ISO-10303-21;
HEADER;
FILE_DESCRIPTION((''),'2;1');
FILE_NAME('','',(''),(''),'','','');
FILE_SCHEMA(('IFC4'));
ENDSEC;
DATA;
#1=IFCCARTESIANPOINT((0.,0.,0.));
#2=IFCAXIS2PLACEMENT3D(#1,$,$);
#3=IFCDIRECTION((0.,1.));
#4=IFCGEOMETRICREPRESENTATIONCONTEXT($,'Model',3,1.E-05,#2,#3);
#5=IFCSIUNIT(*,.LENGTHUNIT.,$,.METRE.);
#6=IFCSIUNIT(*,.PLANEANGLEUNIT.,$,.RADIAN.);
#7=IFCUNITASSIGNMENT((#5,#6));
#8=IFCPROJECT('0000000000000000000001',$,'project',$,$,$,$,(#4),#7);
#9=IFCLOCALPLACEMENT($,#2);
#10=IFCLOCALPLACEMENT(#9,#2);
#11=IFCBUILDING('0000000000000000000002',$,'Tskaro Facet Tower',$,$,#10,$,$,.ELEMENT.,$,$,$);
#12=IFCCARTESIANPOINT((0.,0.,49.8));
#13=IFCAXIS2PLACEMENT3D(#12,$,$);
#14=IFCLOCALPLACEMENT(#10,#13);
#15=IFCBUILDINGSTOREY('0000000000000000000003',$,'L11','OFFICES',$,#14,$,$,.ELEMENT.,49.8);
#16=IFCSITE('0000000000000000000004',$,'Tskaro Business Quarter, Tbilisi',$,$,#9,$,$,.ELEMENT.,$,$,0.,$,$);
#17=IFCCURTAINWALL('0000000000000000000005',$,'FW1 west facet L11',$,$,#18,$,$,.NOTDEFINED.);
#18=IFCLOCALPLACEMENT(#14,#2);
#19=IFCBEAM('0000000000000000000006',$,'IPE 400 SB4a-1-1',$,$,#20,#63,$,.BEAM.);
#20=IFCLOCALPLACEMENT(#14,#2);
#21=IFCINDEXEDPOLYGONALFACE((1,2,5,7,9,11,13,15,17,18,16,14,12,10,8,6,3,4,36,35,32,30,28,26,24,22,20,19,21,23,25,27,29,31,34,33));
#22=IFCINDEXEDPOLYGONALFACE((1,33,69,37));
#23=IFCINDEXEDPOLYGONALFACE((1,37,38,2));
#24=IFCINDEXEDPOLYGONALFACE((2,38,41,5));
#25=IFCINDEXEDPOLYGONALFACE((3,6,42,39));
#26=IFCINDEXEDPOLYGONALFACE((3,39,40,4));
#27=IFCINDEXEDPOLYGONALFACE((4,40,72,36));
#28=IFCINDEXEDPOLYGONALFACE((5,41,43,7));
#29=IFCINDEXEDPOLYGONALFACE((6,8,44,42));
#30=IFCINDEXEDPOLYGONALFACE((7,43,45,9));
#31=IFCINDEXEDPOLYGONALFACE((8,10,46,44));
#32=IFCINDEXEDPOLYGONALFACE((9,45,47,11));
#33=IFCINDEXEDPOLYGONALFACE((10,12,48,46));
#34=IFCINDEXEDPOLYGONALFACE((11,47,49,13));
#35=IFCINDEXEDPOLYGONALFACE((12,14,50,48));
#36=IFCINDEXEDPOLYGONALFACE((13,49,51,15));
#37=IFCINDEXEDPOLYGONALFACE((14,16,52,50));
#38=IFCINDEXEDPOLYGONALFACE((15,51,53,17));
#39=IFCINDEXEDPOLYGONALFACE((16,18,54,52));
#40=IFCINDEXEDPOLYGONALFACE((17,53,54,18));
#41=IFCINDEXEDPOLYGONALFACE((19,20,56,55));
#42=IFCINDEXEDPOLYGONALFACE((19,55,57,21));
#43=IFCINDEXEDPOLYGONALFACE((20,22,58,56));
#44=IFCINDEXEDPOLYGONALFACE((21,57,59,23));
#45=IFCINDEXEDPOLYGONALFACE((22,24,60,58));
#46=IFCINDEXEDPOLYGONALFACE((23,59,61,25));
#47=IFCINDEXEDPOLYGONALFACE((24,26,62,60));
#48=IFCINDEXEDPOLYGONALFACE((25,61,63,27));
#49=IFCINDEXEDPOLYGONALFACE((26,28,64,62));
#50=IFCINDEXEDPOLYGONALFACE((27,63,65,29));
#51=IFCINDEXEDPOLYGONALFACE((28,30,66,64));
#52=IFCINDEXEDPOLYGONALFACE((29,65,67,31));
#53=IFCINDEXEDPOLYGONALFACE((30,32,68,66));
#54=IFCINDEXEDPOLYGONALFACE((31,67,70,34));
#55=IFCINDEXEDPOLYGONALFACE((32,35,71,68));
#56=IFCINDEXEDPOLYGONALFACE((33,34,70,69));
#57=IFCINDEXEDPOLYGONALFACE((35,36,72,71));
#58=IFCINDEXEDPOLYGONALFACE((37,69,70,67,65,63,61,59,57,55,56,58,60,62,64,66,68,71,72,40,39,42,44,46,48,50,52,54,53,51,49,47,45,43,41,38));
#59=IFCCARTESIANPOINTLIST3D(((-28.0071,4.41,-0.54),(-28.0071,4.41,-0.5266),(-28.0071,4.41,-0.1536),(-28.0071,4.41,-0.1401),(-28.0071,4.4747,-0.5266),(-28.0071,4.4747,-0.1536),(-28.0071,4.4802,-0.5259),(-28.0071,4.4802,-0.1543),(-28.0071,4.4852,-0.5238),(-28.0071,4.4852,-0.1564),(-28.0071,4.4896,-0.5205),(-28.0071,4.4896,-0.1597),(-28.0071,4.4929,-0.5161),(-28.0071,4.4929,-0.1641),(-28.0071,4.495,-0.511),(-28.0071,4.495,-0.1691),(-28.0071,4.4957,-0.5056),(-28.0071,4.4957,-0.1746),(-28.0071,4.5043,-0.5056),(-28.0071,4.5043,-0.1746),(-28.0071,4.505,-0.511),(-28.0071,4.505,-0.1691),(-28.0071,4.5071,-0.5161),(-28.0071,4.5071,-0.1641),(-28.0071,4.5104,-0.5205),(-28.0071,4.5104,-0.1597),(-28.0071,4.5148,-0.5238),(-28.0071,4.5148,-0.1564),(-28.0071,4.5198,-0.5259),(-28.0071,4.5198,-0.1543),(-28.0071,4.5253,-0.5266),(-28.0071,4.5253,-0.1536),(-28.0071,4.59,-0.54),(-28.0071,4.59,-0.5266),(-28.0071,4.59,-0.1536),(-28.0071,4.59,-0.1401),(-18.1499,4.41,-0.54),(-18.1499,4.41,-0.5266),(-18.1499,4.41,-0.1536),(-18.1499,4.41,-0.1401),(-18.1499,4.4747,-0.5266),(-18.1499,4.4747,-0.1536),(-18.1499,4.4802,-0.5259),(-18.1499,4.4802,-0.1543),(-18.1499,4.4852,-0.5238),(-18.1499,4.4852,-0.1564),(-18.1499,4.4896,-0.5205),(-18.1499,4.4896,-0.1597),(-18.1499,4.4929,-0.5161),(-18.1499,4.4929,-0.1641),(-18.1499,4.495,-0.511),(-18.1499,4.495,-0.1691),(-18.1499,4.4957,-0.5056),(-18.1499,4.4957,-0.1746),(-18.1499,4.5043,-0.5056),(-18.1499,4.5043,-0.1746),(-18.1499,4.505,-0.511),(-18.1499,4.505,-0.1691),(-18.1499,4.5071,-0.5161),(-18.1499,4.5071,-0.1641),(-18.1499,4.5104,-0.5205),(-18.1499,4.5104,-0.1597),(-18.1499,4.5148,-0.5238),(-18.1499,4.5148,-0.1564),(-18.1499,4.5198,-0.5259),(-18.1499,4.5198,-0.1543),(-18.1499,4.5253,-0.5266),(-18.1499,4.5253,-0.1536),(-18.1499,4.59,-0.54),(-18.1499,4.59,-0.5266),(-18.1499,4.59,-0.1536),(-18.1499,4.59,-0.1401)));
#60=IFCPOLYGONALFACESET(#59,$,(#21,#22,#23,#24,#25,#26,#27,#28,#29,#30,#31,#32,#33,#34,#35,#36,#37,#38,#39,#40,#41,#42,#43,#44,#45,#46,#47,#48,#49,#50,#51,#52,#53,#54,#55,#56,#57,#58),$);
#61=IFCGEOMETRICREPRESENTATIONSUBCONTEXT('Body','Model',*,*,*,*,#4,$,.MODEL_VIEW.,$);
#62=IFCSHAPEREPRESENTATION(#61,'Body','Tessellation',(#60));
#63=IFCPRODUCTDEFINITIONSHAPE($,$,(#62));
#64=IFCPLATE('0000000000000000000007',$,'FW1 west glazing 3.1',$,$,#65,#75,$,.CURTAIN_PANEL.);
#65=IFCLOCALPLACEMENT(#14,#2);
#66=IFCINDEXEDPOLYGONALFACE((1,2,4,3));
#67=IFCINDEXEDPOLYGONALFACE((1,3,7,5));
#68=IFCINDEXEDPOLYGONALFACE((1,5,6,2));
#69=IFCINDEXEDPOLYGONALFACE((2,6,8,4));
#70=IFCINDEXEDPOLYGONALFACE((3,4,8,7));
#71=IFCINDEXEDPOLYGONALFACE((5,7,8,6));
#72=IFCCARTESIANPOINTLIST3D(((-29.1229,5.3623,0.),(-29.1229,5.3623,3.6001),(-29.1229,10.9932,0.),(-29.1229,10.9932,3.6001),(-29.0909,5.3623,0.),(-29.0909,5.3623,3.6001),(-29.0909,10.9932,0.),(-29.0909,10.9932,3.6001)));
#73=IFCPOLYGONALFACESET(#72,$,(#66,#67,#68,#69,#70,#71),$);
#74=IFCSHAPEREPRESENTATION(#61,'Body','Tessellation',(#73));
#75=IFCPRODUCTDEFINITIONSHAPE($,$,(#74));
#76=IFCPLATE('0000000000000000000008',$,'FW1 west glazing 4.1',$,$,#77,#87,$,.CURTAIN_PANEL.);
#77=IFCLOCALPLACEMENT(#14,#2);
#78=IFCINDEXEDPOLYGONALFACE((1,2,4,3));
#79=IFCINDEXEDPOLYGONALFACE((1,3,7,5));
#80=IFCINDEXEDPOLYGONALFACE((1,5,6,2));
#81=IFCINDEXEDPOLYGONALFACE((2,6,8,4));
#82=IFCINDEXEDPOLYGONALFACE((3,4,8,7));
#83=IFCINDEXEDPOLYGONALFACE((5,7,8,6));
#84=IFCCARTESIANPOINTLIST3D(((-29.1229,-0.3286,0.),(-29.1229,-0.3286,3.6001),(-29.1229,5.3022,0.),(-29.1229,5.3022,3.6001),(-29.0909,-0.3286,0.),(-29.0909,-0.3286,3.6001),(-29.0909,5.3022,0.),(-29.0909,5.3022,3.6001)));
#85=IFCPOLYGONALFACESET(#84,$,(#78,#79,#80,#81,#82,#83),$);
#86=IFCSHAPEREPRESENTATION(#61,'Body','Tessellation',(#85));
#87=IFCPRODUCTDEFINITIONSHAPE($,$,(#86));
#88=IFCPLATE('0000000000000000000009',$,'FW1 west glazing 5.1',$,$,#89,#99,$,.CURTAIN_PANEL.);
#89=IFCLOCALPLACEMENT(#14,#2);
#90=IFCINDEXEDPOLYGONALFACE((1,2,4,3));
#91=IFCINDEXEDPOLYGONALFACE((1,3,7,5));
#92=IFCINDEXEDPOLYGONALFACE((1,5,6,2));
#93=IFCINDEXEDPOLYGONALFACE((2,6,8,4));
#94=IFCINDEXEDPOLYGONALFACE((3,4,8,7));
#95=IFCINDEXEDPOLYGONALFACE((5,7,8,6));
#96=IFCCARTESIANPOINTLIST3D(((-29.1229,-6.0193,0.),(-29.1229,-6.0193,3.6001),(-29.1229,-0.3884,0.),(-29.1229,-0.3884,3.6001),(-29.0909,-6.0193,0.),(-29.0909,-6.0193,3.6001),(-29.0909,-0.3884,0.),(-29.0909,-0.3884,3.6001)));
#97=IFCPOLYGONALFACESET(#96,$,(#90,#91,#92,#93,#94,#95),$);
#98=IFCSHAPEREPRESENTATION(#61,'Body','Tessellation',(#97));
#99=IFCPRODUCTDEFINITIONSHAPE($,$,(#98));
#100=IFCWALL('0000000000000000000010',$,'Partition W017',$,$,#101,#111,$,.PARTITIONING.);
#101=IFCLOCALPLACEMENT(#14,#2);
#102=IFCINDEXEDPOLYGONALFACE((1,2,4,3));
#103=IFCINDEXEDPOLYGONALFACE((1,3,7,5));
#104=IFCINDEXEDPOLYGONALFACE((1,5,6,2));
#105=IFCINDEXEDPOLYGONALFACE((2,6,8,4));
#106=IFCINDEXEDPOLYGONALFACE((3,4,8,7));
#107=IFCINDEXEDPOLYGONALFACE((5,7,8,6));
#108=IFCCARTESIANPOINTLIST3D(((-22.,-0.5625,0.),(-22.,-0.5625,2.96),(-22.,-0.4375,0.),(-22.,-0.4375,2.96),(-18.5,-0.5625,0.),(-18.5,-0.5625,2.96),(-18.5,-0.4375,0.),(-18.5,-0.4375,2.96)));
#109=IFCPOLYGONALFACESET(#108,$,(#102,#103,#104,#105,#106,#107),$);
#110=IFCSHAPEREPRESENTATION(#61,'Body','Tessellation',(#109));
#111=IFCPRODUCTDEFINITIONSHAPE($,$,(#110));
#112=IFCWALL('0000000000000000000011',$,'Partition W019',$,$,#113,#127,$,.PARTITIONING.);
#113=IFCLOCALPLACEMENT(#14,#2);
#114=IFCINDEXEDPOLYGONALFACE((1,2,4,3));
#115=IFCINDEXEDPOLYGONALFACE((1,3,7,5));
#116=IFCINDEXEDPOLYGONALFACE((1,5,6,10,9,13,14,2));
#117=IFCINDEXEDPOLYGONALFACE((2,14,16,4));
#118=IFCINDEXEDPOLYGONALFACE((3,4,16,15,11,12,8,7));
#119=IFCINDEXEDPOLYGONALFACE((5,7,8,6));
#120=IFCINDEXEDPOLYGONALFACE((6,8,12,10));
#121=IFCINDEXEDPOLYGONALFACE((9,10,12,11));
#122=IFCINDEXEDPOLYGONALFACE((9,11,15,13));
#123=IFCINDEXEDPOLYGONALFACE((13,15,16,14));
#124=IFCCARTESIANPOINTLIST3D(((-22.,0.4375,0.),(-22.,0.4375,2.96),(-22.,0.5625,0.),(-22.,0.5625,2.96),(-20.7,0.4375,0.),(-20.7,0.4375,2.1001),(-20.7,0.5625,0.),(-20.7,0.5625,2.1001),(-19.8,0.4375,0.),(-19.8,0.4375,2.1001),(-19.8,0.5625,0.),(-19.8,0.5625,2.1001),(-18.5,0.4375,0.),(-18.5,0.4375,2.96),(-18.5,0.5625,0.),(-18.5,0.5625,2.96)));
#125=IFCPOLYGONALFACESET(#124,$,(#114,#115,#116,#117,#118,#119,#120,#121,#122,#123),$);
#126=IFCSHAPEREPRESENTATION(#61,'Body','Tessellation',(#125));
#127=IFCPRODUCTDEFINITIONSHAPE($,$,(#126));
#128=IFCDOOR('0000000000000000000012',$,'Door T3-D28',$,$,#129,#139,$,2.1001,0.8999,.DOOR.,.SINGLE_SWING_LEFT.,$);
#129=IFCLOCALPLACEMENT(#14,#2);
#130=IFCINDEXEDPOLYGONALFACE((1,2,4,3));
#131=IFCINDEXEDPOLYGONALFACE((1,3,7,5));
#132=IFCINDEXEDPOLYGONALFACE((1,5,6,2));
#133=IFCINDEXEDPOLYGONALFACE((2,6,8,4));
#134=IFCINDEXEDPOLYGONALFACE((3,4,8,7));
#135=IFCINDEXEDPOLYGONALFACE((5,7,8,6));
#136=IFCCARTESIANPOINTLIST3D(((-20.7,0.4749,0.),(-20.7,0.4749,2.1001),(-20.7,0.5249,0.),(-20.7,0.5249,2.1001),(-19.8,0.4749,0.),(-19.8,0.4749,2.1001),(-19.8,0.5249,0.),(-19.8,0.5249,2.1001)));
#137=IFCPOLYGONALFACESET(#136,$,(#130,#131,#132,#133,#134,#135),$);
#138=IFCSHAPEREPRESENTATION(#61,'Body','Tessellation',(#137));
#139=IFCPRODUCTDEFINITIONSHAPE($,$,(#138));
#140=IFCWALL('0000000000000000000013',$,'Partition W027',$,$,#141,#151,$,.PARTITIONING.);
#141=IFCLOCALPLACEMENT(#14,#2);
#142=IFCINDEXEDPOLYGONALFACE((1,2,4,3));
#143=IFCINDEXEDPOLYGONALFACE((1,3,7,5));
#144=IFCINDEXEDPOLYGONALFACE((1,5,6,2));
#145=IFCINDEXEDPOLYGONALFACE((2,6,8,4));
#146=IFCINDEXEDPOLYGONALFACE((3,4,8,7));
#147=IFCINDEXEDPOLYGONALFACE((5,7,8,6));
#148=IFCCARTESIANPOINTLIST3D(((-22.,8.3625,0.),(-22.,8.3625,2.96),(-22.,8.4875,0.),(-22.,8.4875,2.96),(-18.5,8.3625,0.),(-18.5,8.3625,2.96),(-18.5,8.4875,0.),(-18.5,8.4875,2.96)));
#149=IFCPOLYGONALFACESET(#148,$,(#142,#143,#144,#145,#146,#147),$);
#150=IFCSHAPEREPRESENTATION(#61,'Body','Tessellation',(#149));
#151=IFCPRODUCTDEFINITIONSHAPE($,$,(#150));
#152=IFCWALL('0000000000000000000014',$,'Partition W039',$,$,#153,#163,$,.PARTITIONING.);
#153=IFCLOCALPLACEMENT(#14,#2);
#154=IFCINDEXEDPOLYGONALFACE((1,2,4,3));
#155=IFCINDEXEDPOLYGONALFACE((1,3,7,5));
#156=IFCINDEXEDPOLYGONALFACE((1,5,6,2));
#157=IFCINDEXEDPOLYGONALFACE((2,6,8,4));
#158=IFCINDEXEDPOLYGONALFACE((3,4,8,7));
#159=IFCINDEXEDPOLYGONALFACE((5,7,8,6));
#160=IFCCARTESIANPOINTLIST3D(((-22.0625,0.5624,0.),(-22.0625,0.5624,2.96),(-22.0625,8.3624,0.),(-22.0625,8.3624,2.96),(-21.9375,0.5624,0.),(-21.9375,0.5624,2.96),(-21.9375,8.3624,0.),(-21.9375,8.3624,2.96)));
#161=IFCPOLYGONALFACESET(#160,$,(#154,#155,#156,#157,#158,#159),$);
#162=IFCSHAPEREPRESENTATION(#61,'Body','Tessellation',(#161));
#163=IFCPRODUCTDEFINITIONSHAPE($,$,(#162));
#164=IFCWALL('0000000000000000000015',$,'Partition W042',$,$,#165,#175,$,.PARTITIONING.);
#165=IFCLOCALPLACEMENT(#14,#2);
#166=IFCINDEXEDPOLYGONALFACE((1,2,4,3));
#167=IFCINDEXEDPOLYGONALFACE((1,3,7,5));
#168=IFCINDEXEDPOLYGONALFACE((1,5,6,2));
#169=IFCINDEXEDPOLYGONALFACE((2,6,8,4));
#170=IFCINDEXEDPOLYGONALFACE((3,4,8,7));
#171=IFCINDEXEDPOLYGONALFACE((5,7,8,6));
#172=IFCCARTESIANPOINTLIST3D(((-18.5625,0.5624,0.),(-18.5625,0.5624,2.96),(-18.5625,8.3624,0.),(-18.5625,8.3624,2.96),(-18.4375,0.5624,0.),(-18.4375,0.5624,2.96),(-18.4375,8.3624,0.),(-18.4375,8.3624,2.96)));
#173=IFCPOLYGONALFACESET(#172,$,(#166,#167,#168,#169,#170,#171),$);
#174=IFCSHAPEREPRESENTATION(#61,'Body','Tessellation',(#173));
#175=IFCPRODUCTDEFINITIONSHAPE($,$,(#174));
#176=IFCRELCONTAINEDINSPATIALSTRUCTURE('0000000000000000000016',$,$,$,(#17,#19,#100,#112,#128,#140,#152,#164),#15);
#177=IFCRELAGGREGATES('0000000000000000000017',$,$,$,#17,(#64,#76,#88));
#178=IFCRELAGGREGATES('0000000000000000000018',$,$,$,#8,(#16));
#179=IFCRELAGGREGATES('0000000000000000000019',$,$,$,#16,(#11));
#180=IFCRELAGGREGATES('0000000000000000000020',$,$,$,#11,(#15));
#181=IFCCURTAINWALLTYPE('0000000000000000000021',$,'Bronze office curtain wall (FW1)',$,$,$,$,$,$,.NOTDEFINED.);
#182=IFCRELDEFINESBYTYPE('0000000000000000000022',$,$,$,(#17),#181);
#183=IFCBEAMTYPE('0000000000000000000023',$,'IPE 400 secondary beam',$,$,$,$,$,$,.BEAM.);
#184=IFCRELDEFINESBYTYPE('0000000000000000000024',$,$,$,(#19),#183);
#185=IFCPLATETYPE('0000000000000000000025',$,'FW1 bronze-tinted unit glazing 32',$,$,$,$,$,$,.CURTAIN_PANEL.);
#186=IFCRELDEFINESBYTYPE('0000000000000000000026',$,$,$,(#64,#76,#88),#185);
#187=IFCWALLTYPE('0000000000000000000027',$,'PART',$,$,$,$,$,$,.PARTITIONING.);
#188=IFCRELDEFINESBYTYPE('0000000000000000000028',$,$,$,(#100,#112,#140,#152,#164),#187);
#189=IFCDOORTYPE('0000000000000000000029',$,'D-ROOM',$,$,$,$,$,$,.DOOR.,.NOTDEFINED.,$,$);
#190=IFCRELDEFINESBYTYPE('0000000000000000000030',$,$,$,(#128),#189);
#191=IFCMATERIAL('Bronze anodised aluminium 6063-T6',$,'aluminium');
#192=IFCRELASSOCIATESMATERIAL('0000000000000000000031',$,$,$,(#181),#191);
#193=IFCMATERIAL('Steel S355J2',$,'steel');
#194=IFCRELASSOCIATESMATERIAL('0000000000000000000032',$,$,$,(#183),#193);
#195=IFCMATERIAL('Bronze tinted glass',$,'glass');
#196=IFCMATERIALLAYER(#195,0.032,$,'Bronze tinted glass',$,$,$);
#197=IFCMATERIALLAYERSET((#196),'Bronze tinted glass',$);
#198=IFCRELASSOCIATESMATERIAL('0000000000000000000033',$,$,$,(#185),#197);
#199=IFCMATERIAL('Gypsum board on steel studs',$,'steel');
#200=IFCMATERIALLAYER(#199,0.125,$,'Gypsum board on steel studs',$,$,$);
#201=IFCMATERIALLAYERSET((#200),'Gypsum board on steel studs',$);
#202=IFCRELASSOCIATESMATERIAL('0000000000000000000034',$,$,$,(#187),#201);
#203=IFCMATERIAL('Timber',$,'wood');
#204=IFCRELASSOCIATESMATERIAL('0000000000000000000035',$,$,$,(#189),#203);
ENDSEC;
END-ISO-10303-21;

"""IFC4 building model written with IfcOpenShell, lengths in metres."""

from ifc_helpers import new_model, si_unit, direction, frame, frame_2d, origin, origin_2d, place, context, subcontext, project, spatial, rectangle, i_section, extrude, material, layer, layer_set, material_profile, profile_set, type_object, element, fill, aggregate, save


model = new_model("IFC4")

# Units and contexts
model_context = context("Model", 3, precision=1e-05, world=origin(), true_north=direction((0.0, 1.0)))
body_context = subcontext(model_context, "Body", "Model", "MODEL_VIEW")
ifc_project = project(units=[si_unit("LENGTHUNIT", "METRE"), si_unit("PLANEANGLEUNIT", "RADIAN")], contexts=[model_context])

# Site, building, storey
site_placement = place(None, origin())
site = spatial("IfcSite", under=ifc_project, at=site_placement, Name="Tskaro Business Quarter, Tbilisi", CompositionType="ELEMENT", RefElevation=0.0)
building_placement = place(site_placement, origin())
building = spatial("IfcBuilding", under=site, at=building_placement, Name="Tskaro Facet Tower", CompositionType="ELEMENT")
storey_placement = place(building_placement, frame((0.0, 0.0, 49.8)))
storey = spatial("IfcBuildingStorey", under=building, at=storey_placement, Name="L11", Description="OFFICES", CompositionType="ELEMENT", Elevation=49.8)

# Curtain wall
ifc_material_1 = material(Name="Bronze anodised aluminium 6063-T6", Category="aluminium")
curtain_wall_type = type_object("IfcCurtainWallType", Name="Bronze office curtain wall (FW1)", PredefinedType="NOTDEFINED", material=ifc_material_1)
curtain_wall_placement = place(storey_placement, origin())
curtain_wall = element("IfcCurtainWall", 1, at=curtain_wall_placement, inside=storey, type_object=curtain_wall_type, Name="FW1 west facet L11", PredefinedType="NOTDEFINED")

# Beam
ifc_material_2 = material(Name="Steel S355J2", Category="steel")
ifc_material_profile_1 = material_profile(ifc_material_2, i_section(OverallWidth=0.1799, OverallDepth=0.3999, WebThickness=0.0085, FlangeThickness=0.0134, FilletRadius=0.021, at=origin_2d()), Name="IPE 400")
ifc_profile_set_1 = profile_set([ifc_material_profile_1], Name="Steel S355J2")
beam_type_1 = type_object("IfcBeamType", Name="IPE 400 secondary beam", PredefinedType="BEAM", material=ifc_profile_set_1)
for number, where, z_axis, x_axis, name in (
    (2, (-28.0071, 4.5, -0.3401), (1.0, 0.0, 0.0), (0.0, 1.0, 0.0), "IPE 400 SB4a-1-1"),
):
    element("IfcBeam", number, at=place(storey_placement, frame(where, z_axis=z_axis, x_axis=x_axis)), inside=storey, type_object=beam_type_1, Name=name, PredefinedType="BEAM", context=body_context, shape_type="SweptSolid", body=[
        extrude(i_section(OverallWidth=0.1799, OverallDepth=0.3999, WebThickness=0.0085, FlangeThickness=0.0134, FilletRadius=0.021, at=origin_2d()), origin(), (0.0, 0.0, 1.0), 9.8572),
    ])

# Plates
ifc_material_3 = material(Name="Bronze tinted glass", Category="glass")
ifc_layer_1 = layer(ifc_material_3, 0.032, Name="Bronze tinted glass")
ifc_layer_set_1 = layer_set([ifc_layer_1], Name="Bronze tinted glass")
plate_type = type_object("IfcPlateType", Name="FW1 bronze-tinted unit glazing 32", PredefinedType="CURTAIN_PANEL", material=ifc_layer_set_1)
plate_1_placement = place(storey_placement, frame((-29.1069, 8.1777, 0.0), z_axis=(0.0, 0.0, 1.0), x_axis=(0.0, -1.0, 0.0)))
plate_1 = element("IfcPlate", 3, at=plate_1_placement, type_object=plate_type, Name="FW1 west glazing 3.1", PredefinedType="CURTAIN_PANEL", context=body_context, shape_type="SweptSolid", body=[
    extrude(rectangle(XDim=5.6309, YDim=0.032, at=origin_2d()), origin(), (0.0, 0.0, 1.0), 3.6001),
])
plate_2_placement = place(storey_placement, frame((-29.1069, 2.4868, 0.0), z_axis=(0.0, 0.0, 1.0), x_axis=(0.0, -1.0, 0.0)))
plate_2 = element("IfcPlate", 4, at=plate_2_placement, type_object=plate_type, Name="FW1 west glazing 4.1", PredefinedType="CURTAIN_PANEL", context=body_context, shape_type="SweptSolid", body=[
    extrude(rectangle(XDim=5.6309, YDim=0.032, at=origin_2d()), origin(), (0.0, 0.0, 1.0), 3.6001),
])
plate_3_placement = place(storey_placement, frame((-29.1069, -3.2039, 0.0), z_axis=(0.0, 0.0, 1.0), x_axis=(0.0, -1.0, 0.0)))
plate_3 = element("IfcPlate", 5, at=plate_3_placement, type_object=plate_type, Name="FW1 west glazing 5.1", PredefinedType="CURTAIN_PANEL", context=body_context, shape_type="SweptSolid", body=[
    extrude(rectangle(XDim=5.6309, YDim=0.032, at=origin_2d()), origin(), (0.0, 0.0, 1.0), 3.6001),
])
aggregate(curtain_wall, [plate_1, plate_2, plate_3])

# Wall
ifc_material_4 = material(Name="Gypsum board on steel studs", Category="steel")
ifc_layer_2 = layer(ifc_material_4, 0.125, Name="Gypsum board on steel studs")
ifc_layer_set_2 = layer_set([ifc_layer_2], Name="Gypsum board on steel studs")
wall_type = type_object("IfcWallType", Name="PART", PredefinedType="PARTITIONING", material=ifc_layer_set_2)
wall_1_placement = place(storey_placement, frame((-22.0, -0.5, 0.0), z_axis=(0.0, 0.0, 1.0), x_axis=(1.0, 0.0, 0.0)))
element("IfcWall", 6, at=wall_1_placement, inside=storey, type_object=wall_type, Name="Partition W017", PredefinedType="PARTITIONING", context=body_context, shape_type="SweptSolid", body=[
    extrude(rectangle(XDim=3.5, YDim=0.125, at=frame_2d((1.75, 0.0))), origin(), (0.0, 0.0, 1.0), 2.96),
])

# Wall, opening, door
wall_2_placement = place(storey_placement, frame((-22.0, 0.5, 0.0), z_axis=(0.0, 0.0, 1.0), x_axis=(1.0, 0.0, 0.0)))
wall_2 = element("IfcWall", 7, at=wall_2_placement, inside=storey, type_object=wall_type, Name="Partition W019", PredefinedType="PARTITIONING", context=body_context, shape_type="SweptSolid", body=[
    extrude(rectangle(XDim=3.5, YDim=0.125, at=frame_2d((1.75, 0.0))), origin(), (0.0, 0.0, 1.0), 2.96),
])
opening_placement = place(wall_2_placement, frame((1.3, 0.0, 0.0)))
opening = element("IfcOpeningElement", 8, at=opening_placement, cuts=wall_2, PredefinedType="OPENING", context=body_context, shape_type="SweptSolid", body=[
    extrude(rectangle(XDim=0.8999, YDim=2.1001, at=frame_2d((0.45, 1.05))), frame((0.0, 0.0725, 0.0), z_axis=(0.0, -1.0, 0.0), x_axis=(1.0, 0.0, 0.0)), (0.0, 0.0, 1.0), 0.145),
])
ifc_material_5 = material(Name="Timber", Category="wood")
door_type = type_object("IfcDoorType", Name="D-ROOM", OperationType="NOTDEFINED", PredefinedType="DOOR", material=ifc_material_5)
door_placement = place(opening_placement, origin())
door = element("IfcDoor", 9, at=door_placement, inside=storey, type_object=door_type, Name="Door T3-D28", OperationType="SINGLE_SWING_LEFT", OverallHeight=2.1001, OverallWidth=0.8999, PredefinedType="DOOR", context=body_context, shape_type="SweptSolid", body=[
    extrude(rectangle(XDim=0.8999, YDim=2.1001, at=frame_2d((0.45, 1.05))), frame((0.0, 0.0249, 0.0), z_axis=(0.0, -1.0, 0.0), x_axis=(1.0, 0.0, 0.0)), (0.0, 0.0, 1.0), 0.05),
])
fill(opening, door)

# Walls
wall_3_placement = place(storey_placement, frame((-22.0, 8.425, 0.0), z_axis=(0.0, 0.0, 1.0), x_axis=(1.0, 0.0, 0.0)))
element("IfcWall", 10, at=wall_3_placement, inside=storey, type_object=wall_type, Name="Partition W027", PredefinedType="PARTITIONING", context=body_context, shape_type="SweptSolid", body=[
    extrude(rectangle(XDim=3.5, YDim=0.125, at=frame_2d((1.75, 0.0))), origin(), (0.0, 0.0, 1.0), 2.96),
])
for number, where, z_axis, x_axis, name in (
    (11, (-22.0, 0.5625, 0.0), (0.0, 0.0, 1.0), (0.0, 1.0, 0.0), "Partition W039"),
    (12, (-18.5, 0.5625, 0.0), (0.0, 0.0, 1.0), (0.0, 1.0, 0.0), "Partition W042"),
):
    element("IfcWall", number, at=place(storey_placement, frame(where, z_axis=z_axis, x_axis=x_axis)), inside=storey, type_object=wall_type, Name=name, PredefinedType="PARTITIONING", context=body_context, shape_type="SweptSolid", body=[
        extrude(rectangle(XDim=7.8, YDim=0.125, at=frame_2d((3.8999, 0.0))), origin(), (0.0, 0.0, 1.0), 2.96),
    ])

save(model, "model.ifc")
